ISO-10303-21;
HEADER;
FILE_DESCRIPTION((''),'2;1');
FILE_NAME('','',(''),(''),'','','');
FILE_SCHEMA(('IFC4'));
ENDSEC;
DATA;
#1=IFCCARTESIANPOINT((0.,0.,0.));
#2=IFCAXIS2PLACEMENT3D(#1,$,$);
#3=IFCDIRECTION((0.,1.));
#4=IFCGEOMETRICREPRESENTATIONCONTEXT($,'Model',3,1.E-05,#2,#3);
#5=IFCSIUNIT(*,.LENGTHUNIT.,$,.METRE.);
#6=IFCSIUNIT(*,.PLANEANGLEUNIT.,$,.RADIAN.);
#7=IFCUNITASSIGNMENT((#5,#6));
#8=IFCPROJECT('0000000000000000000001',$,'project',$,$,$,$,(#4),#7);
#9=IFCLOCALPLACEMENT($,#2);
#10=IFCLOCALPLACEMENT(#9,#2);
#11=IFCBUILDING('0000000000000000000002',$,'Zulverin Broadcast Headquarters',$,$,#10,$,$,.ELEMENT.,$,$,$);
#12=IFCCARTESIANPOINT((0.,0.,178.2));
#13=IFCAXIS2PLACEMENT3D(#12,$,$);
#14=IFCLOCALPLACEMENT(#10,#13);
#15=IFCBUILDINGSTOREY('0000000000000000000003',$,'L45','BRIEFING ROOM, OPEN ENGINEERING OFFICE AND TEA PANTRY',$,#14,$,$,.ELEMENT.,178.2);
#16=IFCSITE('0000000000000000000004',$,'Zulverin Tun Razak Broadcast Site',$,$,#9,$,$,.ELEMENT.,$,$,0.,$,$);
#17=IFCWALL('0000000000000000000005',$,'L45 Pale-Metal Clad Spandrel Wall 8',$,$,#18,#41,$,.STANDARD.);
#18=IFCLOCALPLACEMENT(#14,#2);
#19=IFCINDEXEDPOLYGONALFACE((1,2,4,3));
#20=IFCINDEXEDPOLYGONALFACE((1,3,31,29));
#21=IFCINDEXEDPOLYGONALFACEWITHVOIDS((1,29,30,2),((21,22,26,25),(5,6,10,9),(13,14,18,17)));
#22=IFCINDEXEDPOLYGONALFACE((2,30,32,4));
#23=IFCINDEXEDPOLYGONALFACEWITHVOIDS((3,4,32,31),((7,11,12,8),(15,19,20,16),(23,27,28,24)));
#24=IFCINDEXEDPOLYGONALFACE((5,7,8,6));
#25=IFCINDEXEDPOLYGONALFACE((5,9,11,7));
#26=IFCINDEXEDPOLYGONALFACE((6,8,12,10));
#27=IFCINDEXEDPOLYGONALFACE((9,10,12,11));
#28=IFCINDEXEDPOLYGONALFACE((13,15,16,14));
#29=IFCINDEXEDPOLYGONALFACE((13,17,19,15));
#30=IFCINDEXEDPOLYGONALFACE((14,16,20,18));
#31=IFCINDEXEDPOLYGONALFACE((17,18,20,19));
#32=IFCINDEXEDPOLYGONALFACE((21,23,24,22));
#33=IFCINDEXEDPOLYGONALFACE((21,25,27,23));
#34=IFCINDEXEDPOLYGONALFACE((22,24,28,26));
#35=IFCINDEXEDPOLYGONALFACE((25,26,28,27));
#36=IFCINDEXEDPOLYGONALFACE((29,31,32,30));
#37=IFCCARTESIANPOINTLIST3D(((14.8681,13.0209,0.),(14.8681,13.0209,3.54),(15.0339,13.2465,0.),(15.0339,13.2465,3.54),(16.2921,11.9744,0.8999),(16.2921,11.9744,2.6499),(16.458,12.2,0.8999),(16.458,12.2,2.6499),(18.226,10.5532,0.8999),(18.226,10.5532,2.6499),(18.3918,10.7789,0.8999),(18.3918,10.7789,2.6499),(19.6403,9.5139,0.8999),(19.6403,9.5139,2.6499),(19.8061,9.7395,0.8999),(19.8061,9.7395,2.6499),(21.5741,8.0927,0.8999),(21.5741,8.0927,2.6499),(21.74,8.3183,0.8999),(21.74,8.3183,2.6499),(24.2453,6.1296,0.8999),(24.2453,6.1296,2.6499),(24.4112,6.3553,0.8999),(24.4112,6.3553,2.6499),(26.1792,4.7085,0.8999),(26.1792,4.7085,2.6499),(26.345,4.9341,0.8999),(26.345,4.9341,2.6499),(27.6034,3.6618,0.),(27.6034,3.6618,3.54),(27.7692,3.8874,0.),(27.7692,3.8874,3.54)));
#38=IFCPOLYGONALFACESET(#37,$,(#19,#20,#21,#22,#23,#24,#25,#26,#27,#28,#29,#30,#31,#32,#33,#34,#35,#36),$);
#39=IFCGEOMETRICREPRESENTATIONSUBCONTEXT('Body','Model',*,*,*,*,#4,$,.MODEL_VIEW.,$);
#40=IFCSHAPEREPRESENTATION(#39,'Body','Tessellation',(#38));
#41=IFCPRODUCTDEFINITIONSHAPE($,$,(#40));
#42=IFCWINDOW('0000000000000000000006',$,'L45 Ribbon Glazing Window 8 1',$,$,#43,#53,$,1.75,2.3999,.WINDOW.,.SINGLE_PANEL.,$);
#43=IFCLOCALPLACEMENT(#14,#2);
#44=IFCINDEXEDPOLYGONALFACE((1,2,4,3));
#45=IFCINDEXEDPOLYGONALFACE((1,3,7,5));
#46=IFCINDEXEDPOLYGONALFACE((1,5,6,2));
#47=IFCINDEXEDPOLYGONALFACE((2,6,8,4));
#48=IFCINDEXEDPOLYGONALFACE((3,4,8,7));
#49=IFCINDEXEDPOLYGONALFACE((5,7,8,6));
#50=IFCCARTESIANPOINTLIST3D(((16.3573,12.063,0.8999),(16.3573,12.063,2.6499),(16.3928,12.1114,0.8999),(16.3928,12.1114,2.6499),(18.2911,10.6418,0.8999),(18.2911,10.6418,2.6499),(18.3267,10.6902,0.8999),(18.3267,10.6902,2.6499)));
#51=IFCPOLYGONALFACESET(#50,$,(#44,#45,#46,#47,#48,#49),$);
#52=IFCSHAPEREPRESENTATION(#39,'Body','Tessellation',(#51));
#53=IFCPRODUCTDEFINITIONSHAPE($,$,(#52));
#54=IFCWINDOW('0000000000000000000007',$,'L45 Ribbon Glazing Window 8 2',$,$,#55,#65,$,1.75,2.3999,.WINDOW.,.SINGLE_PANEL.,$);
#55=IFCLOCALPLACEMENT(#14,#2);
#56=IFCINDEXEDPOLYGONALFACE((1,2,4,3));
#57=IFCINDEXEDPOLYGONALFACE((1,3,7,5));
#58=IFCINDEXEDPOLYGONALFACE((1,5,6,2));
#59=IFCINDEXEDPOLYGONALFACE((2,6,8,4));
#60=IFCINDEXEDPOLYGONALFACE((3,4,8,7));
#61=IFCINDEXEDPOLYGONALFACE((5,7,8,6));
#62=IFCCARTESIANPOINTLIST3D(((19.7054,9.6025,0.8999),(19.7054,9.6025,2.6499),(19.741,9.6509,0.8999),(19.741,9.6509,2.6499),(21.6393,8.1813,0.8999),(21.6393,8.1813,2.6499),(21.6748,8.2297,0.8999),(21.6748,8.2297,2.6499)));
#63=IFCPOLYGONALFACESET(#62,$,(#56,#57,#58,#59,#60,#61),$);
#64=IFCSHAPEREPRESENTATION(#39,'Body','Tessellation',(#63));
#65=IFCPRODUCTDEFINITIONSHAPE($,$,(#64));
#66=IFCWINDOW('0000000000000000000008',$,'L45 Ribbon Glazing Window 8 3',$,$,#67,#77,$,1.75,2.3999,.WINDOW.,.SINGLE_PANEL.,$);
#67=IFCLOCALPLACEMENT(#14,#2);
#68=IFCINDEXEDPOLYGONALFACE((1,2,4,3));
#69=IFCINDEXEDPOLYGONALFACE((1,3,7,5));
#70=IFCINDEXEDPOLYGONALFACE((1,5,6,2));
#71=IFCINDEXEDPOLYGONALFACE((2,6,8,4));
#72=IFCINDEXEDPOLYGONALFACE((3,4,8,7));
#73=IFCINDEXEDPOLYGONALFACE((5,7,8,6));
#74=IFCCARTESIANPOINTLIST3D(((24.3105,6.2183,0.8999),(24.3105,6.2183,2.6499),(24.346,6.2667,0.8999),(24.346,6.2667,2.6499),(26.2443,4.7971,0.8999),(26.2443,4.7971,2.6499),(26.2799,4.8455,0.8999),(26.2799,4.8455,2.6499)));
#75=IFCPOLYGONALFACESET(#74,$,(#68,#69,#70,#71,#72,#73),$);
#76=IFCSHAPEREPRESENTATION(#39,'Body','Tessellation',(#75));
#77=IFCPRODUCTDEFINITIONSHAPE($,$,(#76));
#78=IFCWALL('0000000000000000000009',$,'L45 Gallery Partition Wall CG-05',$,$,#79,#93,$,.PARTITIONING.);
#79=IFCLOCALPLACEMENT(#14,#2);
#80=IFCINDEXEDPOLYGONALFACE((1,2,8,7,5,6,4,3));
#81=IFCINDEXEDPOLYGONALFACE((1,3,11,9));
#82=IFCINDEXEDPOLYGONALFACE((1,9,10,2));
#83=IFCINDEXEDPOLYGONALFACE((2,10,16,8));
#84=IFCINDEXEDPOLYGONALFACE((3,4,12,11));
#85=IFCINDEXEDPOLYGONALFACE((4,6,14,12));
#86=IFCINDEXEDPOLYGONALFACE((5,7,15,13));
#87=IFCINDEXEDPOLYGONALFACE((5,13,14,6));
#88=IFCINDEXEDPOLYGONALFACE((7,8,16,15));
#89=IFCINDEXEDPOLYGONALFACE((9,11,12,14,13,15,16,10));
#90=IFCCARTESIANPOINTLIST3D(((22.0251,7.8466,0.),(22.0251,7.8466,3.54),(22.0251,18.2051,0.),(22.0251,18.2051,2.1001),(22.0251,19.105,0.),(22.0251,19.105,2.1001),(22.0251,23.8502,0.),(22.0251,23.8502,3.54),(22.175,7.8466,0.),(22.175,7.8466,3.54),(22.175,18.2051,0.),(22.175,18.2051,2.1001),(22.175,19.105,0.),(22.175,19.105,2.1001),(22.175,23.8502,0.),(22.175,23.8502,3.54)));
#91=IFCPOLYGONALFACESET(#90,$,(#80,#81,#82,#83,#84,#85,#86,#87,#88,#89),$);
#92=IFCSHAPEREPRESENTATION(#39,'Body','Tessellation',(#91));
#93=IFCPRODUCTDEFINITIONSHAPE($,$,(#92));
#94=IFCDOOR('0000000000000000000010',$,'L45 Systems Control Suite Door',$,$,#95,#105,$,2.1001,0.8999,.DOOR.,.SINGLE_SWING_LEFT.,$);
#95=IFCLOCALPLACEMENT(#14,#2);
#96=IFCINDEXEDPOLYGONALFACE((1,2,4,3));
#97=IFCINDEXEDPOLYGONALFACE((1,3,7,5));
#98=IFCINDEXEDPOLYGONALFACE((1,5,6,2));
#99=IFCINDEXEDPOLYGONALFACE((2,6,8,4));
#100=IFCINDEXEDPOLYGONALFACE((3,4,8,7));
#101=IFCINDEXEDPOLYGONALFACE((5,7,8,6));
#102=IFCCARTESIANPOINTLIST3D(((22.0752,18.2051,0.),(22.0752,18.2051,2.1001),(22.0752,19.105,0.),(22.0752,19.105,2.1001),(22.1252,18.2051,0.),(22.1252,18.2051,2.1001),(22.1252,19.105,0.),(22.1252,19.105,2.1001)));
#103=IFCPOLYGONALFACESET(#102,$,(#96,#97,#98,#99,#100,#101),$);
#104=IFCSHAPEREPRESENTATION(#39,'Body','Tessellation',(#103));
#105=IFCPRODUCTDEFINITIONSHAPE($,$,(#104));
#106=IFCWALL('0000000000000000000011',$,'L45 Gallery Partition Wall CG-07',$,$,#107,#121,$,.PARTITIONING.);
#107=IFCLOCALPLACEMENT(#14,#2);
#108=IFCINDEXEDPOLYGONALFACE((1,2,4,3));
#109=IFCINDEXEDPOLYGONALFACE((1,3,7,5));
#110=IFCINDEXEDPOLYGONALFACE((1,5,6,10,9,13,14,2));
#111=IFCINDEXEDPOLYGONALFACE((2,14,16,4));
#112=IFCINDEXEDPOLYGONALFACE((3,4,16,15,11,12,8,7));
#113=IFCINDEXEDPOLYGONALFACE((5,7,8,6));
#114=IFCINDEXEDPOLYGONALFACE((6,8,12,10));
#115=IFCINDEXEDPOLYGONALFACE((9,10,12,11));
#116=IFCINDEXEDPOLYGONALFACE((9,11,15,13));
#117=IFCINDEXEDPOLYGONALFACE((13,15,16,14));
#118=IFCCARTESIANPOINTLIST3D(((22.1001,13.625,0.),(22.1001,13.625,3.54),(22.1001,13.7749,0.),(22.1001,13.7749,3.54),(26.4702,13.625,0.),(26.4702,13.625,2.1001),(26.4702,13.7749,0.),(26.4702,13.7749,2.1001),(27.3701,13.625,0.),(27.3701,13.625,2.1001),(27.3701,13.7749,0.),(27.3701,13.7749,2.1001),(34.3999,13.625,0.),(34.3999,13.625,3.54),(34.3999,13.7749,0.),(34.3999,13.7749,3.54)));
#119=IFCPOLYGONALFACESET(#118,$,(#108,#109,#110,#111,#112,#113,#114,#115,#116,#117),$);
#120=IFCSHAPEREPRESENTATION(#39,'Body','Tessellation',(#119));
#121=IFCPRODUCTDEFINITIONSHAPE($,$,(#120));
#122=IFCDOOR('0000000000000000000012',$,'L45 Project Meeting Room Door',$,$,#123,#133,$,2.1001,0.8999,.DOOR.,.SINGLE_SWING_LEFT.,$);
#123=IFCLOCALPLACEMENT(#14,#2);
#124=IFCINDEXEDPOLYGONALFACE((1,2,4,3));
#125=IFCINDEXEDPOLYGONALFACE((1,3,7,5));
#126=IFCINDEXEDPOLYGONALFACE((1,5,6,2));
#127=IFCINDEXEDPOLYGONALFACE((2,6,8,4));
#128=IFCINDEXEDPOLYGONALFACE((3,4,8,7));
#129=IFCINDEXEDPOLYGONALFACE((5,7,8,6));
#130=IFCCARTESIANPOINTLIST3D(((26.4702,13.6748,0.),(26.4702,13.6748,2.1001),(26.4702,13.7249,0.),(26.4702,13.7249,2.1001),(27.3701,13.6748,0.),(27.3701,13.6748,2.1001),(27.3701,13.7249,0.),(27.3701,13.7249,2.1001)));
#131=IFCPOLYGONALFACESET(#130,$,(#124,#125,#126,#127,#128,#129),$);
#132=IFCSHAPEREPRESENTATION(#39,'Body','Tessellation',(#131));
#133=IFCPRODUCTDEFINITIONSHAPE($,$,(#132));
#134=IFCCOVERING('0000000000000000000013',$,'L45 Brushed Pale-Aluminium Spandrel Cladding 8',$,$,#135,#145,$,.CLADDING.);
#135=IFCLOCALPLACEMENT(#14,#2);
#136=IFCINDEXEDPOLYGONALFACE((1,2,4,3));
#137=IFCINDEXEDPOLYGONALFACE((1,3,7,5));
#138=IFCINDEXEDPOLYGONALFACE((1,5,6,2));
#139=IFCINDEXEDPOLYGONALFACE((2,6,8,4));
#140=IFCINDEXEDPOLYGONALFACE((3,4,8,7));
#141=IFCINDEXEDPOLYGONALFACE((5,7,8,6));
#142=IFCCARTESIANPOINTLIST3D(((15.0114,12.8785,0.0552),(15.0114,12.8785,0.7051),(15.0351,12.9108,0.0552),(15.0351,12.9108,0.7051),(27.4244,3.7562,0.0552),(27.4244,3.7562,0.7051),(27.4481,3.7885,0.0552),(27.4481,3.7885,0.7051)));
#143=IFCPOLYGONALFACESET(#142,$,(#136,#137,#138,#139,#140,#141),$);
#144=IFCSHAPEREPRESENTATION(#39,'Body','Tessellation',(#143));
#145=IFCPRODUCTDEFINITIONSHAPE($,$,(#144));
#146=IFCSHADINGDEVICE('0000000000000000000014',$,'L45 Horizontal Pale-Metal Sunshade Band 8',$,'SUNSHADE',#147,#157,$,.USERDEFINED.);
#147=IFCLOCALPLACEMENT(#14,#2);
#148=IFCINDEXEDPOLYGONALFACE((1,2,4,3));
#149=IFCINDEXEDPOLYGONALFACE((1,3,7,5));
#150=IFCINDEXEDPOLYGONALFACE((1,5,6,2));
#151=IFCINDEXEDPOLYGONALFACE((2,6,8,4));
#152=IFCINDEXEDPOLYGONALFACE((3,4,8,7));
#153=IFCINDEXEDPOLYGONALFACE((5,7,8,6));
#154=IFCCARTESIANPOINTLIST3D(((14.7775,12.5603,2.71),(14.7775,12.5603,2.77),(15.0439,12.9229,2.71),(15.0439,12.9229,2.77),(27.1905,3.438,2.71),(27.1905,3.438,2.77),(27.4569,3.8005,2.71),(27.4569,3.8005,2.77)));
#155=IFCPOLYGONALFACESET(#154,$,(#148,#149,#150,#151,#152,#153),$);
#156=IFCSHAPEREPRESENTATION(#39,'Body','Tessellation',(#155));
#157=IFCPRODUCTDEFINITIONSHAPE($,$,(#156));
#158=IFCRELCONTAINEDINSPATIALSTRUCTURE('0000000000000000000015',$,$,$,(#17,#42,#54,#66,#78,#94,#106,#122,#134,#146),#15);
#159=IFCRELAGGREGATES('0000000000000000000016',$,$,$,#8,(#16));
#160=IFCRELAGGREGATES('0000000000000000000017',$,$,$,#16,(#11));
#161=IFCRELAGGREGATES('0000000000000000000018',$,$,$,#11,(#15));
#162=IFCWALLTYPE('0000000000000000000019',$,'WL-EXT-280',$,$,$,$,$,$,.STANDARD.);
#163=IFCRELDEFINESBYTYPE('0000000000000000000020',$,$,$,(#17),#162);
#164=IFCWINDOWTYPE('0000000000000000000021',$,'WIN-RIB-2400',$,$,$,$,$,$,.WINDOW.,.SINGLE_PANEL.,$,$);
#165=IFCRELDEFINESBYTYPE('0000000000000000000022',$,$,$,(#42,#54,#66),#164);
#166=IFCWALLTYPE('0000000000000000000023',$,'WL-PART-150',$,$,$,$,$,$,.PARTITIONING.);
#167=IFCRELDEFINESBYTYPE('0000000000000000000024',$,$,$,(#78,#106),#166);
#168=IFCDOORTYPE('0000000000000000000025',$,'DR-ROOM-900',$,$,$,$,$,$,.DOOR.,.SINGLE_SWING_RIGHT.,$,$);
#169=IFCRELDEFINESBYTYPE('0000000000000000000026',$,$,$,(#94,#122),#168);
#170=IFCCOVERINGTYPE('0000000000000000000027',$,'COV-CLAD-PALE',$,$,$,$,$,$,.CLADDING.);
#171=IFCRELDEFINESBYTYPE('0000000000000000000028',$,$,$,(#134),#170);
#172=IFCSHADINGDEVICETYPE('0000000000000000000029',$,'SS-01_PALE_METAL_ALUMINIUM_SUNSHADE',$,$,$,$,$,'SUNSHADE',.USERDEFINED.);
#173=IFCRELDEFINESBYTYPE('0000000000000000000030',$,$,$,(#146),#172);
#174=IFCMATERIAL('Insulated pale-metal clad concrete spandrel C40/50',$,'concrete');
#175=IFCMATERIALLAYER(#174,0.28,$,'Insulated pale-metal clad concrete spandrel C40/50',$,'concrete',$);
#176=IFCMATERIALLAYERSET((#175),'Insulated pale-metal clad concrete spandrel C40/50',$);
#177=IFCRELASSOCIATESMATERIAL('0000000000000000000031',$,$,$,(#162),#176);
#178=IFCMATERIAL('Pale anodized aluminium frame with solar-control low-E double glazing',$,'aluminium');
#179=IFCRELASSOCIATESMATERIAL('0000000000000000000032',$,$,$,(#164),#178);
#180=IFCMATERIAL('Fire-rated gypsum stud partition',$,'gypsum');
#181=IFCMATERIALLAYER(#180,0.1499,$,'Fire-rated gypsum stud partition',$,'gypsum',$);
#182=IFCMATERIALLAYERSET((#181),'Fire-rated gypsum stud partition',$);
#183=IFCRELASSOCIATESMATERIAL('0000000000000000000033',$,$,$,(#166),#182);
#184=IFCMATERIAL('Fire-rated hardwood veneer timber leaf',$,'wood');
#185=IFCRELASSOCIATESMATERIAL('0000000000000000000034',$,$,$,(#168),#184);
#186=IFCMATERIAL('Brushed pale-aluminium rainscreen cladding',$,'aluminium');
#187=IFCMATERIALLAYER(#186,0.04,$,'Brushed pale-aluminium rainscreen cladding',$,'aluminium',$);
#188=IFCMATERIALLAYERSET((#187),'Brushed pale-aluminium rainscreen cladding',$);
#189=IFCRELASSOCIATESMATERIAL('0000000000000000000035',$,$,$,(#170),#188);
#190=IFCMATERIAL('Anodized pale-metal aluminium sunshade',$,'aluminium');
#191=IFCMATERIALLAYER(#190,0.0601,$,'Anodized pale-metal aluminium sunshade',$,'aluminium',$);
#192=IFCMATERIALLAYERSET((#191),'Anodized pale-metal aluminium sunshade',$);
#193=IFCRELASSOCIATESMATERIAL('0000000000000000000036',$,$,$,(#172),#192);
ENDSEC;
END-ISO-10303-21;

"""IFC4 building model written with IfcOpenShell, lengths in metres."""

from ifc_helpers import new_model, si_unit, direction, frame, frame_2d, origin, origin_2d, place, context, subcontext, project, spatial, rectangle, extrude, material, layer, layer_set, type_object, element, fill, save


model = new_model("IFC4")

# Units and contexts
model_context = context("Model", 3, precision=1e-05, world=origin(), true_north=direction((0.0, 1.0)))
body_context = subcontext(model_context, "Body", "Model", "MODEL_VIEW")
ifc_project = project(units=[si_unit("LENGTHUNIT", "METRE"), si_unit("PLANEANGLEUNIT", "RADIAN")], contexts=[model_context])

# Site, building, storey
site_placement = place(None, origin())
site = spatial("IfcSite", under=ifc_project, at=site_placement, Name="Zulverin Tun Razak Broadcast Site", CompositionType="ELEMENT", RefElevation=0.0)
building_placement = place(site_placement, origin())
building = spatial("IfcBuilding", under=site, at=building_placement, Name="Zulverin Broadcast Headquarters", CompositionType="ELEMENT")
storey_placement = place(building_placement, frame((0.0, 0.0, 178.2)))
storey = spatial("IfcBuildingStorey", under=building, at=storey_placement, Name="L45", Description="BRIEFING ROOM, OPEN ENGINEERING OFFICE AND TEA PANTRY", CompositionType="ELEMENT", Elevation=178.2)

# Wall, openings, windows
ifc_material_1 = material(Name="Insulated pale-metal clad concrete spandrel C40/50", Category="concrete")
ifc_layer_1 = layer(ifc_material_1, 0.28, Name="Insulated pale-metal clad concrete spandrel C40/50", Category="concrete")
ifc_layer_set_1 = layer_set([ifc_layer_1], Name="Insulated pale-metal clad concrete spandrel C40/50")
wall_type_1 = type_object("IfcWallType", Name="WL-EXT-280", PredefinedType="STANDARD", material=ifc_layer_set_1)
wall_1_placement = place(storey_placement, frame((14.9509, 13.1338, 0.0), z_axis=(0.0, 0.0, 1.0), x_axis=(0.805805, -0.592181, 0.0)))
wall_1 = element("IfcWall", 1, at=wall_1_placement, inside=storey, type_object=wall_type_1, Name="L45 Pale-Metal Clad Spandrel Wall 8", PredefinedType="STANDARD", context=body_context, shape_type="SweptSolid", body=[
    extrude(rectangle(XDim=15.8044, YDim=0.28, at=frame_2d((7.9023, 0.0))), origin(), (0.0, 0.0, 1.0), 3.54),
])
opening_1_placement = place(wall_1_placement, frame((1.7673, 0.0, 0.8999)))
opening_1 = element("IfcOpeningElement", 2, at=opening_1_placement, cuts=wall_1, PredefinedType="OPENING", context=body_context, shape_type="SweptSolid", body=[
    extrude(rectangle(XDim=2.3999, YDim=1.75, at=frame_2d((1.2, 0.875))), frame((0.0, 0.1499, 0.0), z_axis=(0.0, -1.0, 0.0), x_axis=(1.0, 0.0, 0.0)), (0.0, 0.0, 1.0), 0.3),
])
opening_2_placement = place(wall_1_placement, frame((5.9224, 0.0, 0.8999)))
opening_2 = element("IfcOpeningElement", 3, at=opening_2_placement, cuts=wall_1, PredefinedType="OPENING", context=body_context, shape_type="SweptSolid", body=[
    extrude(rectangle(XDim=2.3999, YDim=1.75, at=frame_2d((1.2, 0.875))), frame((0.0, 0.1499, 0.0), z_axis=(0.0, -1.0, 0.0), x_axis=(1.0, 0.0, 0.0)), (0.0, 0.0, 1.0), 0.3),
])
opening_3_placement = place(wall_1_placement, frame((11.6372, 0.0, 0.8999)))
opening_3 = element("IfcOpeningElement", 4, at=opening_3_placement, cuts=wall_1, PredefinedType="OPENING", context=body_context, shape_type="SweptSolid", body=[
    extrude(rectangle(XDim=2.3999, YDim=1.75, at=frame_2d((1.2, 0.875))), frame((0.0, 0.1499, 0.0), z_axis=(0.0, -1.0, 0.0), x_axis=(1.0, 0.0, 0.0)), (0.0, 0.0, 1.0), 0.3),
])
ifc_material_2 = material(Name="Pale anodized aluminium frame with solar-control low-E double glazing", Category="aluminium")
window_type = type_object("IfcWindowType", Name="WIN-RIB-2400", PartitioningType="SINGLE_PANEL", PredefinedType="WINDOW", material=ifc_material_2)
window_1_placement = place(opening_1_placement, origin())
window_1 = element("IfcWindow", 5, at=window_1_placement, inside=storey, type_object=window_type, Name="L45 Ribbon Glazing Window 8 1", OverallHeight=1.75, OverallWidth=2.3999, PartitioningType="SINGLE_PANEL", PredefinedType="WINDOW", context=body_context, shape_type="SweptSolid", body=[
    extrude(rectangle(XDim=2.3999, YDim=1.75, at=frame_2d((1.2, 0.875))), frame((0.0, 0.03, 0.0), z_axis=(0.0, -1.0, 0.0), x_axis=(1.0, 0.0, 0.0)), (0.0, 0.0, 1.0), 0.0601),
])
fill(opening_1, window_1)
window_2_placement = place(opening_2_placement, origin())
window_2 = element("IfcWindow", 6, at=window_2_placement, inside=storey, type_object=window_type, Name="L45 Ribbon Glazing Window 8 2", OverallHeight=1.75, OverallWidth=2.3999, PartitioningType="SINGLE_PANEL", PredefinedType="WINDOW", context=body_context, shape_type="SweptSolid", body=[
    extrude(rectangle(XDim=2.3999, YDim=1.75, at=frame_2d((1.2, 0.875))), frame((0.0, 0.03, 0.0), z_axis=(0.0, -1.0, 0.0), x_axis=(1.0, 0.0, 0.0)), (0.0, 0.0, 1.0), 0.0601),
])
fill(opening_2, window_2)
window_3_placement = place(opening_3_placement, origin())
window_3 = element("IfcWindow", 7, at=window_3_placement, inside=storey, type_object=window_type, Name="L45 Ribbon Glazing Window 8 3", OverallHeight=1.75, OverallWidth=2.3999, PartitioningType="SINGLE_PANEL", PredefinedType="WINDOW", context=body_context, shape_type="SweptSolid", body=[
    extrude(rectangle(XDim=2.3999, YDim=1.75, at=frame_2d((1.2, 0.875))), frame((0.0, 0.03, 0.0), z_axis=(0.0, -1.0, 0.0), x_axis=(1.0, 0.0, 0.0)), (0.0, 0.0, 1.0), 0.0601),
])
fill(opening_3, window_3)

# Walls, openings, doors
ifc_material_3 = material(Name="Fire-rated gypsum stud partition", Category="gypsum")
ifc_layer_2 = layer(ifc_material_3, 0.1499, Name="Fire-rated gypsum stud partition", Category="gypsum")
ifc_layer_set_2 = layer_set([ifc_layer_2], Name="Fire-rated gypsum stud partition")
wall_type_2 = type_object("IfcWallType", Name="WL-PART-150", PredefinedType="PARTITIONING", material=ifc_layer_set_2)
wall_2_placement = place(storey_placement, frame((22.1001, 7.8464, 0.0), z_axis=(0.0, 0.0, 1.0), x_axis=(0.0, 1.0, 0.0)))
wall_2 = element("IfcWall", 8, at=wall_2_placement, inside=storey, type_object=wall_type_2, Name="L45 Gallery Partition Wall CG-05", PredefinedType="PARTITIONING", context=body_context, shape_type="SweptSolid", body=[
    extrude(rectangle(XDim=16.0037, YDim=0.1499, at=frame_2d((8.002, 0.0))), origin(), (0.0, 0.0, 1.0), 3.54),
])
opening_4_placement = place(wall_2_placement, frame((10.3586, 0.0, 0.0)))
opening_4 = element("IfcOpeningElement", 9, at=opening_4_placement, cuts=wall_2, PredefinedType="OPENING", context=body_context, shape_type="SweptSolid", body=[
    extrude(rectangle(XDim=0.8999, YDim=2.1001, at=frame_2d((0.45, 1.05))), frame((0.0, 0.085, 0.0), z_axis=(0.0, -1.0, 0.0), x_axis=(1.0, 0.0, 0.0)), (0.0, 0.0, 1.0), 0.1699),
])
ifc_material_4 = material(Name="Fire-rated hardwood veneer timber leaf", Category="wood")
door_type_1 = type_object("IfcDoorType", Name="DR-ROOM-900", OperationType="SINGLE_SWING_RIGHT", PredefinedType="DOOR", material=ifc_material_4)
door_1_placement = place(opening_4_placement, origin())
door_1 = element("IfcDoor", 10, at=door_1_placement, inside=storey, type_object=door_type_1, Name="L45 Systems Control Suite Door", OperationType="SINGLE_SWING_LEFT", OverallHeight=2.1001, OverallWidth=0.8999, PredefinedType="DOOR", context=body_context, shape_type="SweptSolid", body=[
    extrude(rectangle(XDim=0.8999, YDim=2.1001, at=frame_2d((0.45, 1.05))), frame((0.0, 0.0249, 0.0), z_axis=(0.0, -1.0, 0.0), x_axis=(1.0, 0.0, 0.0)), (0.0, 0.0, 1.0), 0.05),
])
fill(opening_4, door_1)
wall_3_placement = place(storey_placement, frame((22.1001, 13.7, 0.0), z_axis=(0.0, 0.0, 1.0), x_axis=(1.0, 0.0, 0.0)))
wall_3 = element("IfcWall", 11, at=wall_3_placement, inside=storey, type_object=wall_type_2, Name="L45 Gallery Partition Wall CG-07", PredefinedType="PARTITIONING", context=body_context, shape_type="SweptSolid", body=[
    extrude(rectangle(XDim=12.2998, YDim=0.1499, at=frame_2d((6.1499, 0.0))), origin(), (0.0, 0.0, 1.0), 3.54),
])
opening_5_placement = place(wall_3_placement, frame((4.3701, 0.0, 0.0)))
opening_5 = element("IfcOpeningElement", 12, at=opening_5_placement, cuts=wall_3, PredefinedType="OPENING", context=body_context, shape_type="SweptSolid", body=[
    extrude(rectangle(XDim=0.8999, YDim=2.1001, at=frame_2d((0.45, 1.05))), frame((0.0, 0.085, 0.0), z_axis=(0.0, -1.0, 0.0), x_axis=(1.0, 0.0, 0.0)), (0.0, 0.0, 1.0), 0.1699),
])
door_2_placement = place(opening_5_placement, origin())
door_2 = element("IfcDoor", 13, at=door_2_placement, inside=storey, type_object=door_type_1, Name="L45 Project Meeting Room Door", OperationType="SINGLE_SWING_LEFT", OverallHeight=2.1001, OverallWidth=0.8999, PredefinedType="DOOR", context=body_context, shape_type="SweptSolid", body=[
    extrude(rectangle(XDim=0.8999, YDim=2.1001, at=frame_2d((0.45, 1.05))), frame((0.0, 0.0249, 0.0), z_axis=(0.0, -1.0, 0.0), x_axis=(1.0, 0.0, 0.0)), (0.0, 0.0, 1.0), 0.05),
])
fill(opening_5, door_2)

# Covering
ifc_material_5 = material(Name="Brushed pale-aluminium rainscreen cladding", Category="aluminium")
ifc_layer_3 = layer(ifc_material_5, 0.04, Name="Brushed pale-aluminium rainscreen cladding", Category="aluminium")
ifc_layer_set_3 = layer_set([ifc_layer_3], Name="Brushed pale-aluminium rainscreen cladding")
covering_type = type_object("IfcCoveringType", Name="COV-CLAD-PALE", PredefinedType="CLADDING", material=ifc_layer_set_3)
covering_placement = place(storey_placement, frame((21.2297, 8.3335, 0.0552), z_axis=(0.0, 0.0, 1.0), x_axis=(0.805802, -0.592185, 0.0)))
element("IfcCovering", 14, at=covering_placement, inside=storey, type_object=covering_type, Name="L45 Brushed Pale-Aluminium Spandrel Cladding 8", PredefinedType="CLADDING", context=body_context, shape_type="SweptSolid", body=[
    extrude(rectangle(XDim=15.4045, YDim=0.04, at=origin_2d()), origin(), (0.0, 0.0, 1.0), 0.6499),
])

# Shading device
ifc_material_6 = material(Name="Anodized pale-metal aluminium sunshade", Category="aluminium")
ifc_layer_4 = layer(ifc_material_6, 0.0601, Name="Anodized pale-metal aluminium sunshade", Category="aluminium")
ifc_layer_set_4 = layer_set([ifc_layer_4], Name="Anodized pale-metal aluminium sunshade")
shading_device_type = type_object("IfcShadingDeviceType", Name="SS-01_PALE_METAL_ALUMINIUM_SUNSHADE", ElementType="SUNSHADE", PredefinedType="USERDEFINED", material=ifc_layer_set_4)
shading_device_placement = place(storey_placement, frame((21.1172, 8.1804, 2.71), z_axis=(0.0, 0.0, 1.0), x_axis=(0.805802, -0.592185, 0.0)))
element("IfcShadingDevice", 15, at=shading_device_placement, inside=storey, type_object=shading_device_type, Name="L45 Horizontal Pale-Metal Sunshade Band 8", ObjectType="SUNSHADE", PredefinedType="USERDEFINED", context=body_context, shape_type="SweptSolid", body=[
    extrude(rectangle(XDim=15.4045, YDim=0.45, at=origin_2d()), origin(), (0.0, 0.0, 1.0), 0.0601),
])

save(model, "model.ifc")
